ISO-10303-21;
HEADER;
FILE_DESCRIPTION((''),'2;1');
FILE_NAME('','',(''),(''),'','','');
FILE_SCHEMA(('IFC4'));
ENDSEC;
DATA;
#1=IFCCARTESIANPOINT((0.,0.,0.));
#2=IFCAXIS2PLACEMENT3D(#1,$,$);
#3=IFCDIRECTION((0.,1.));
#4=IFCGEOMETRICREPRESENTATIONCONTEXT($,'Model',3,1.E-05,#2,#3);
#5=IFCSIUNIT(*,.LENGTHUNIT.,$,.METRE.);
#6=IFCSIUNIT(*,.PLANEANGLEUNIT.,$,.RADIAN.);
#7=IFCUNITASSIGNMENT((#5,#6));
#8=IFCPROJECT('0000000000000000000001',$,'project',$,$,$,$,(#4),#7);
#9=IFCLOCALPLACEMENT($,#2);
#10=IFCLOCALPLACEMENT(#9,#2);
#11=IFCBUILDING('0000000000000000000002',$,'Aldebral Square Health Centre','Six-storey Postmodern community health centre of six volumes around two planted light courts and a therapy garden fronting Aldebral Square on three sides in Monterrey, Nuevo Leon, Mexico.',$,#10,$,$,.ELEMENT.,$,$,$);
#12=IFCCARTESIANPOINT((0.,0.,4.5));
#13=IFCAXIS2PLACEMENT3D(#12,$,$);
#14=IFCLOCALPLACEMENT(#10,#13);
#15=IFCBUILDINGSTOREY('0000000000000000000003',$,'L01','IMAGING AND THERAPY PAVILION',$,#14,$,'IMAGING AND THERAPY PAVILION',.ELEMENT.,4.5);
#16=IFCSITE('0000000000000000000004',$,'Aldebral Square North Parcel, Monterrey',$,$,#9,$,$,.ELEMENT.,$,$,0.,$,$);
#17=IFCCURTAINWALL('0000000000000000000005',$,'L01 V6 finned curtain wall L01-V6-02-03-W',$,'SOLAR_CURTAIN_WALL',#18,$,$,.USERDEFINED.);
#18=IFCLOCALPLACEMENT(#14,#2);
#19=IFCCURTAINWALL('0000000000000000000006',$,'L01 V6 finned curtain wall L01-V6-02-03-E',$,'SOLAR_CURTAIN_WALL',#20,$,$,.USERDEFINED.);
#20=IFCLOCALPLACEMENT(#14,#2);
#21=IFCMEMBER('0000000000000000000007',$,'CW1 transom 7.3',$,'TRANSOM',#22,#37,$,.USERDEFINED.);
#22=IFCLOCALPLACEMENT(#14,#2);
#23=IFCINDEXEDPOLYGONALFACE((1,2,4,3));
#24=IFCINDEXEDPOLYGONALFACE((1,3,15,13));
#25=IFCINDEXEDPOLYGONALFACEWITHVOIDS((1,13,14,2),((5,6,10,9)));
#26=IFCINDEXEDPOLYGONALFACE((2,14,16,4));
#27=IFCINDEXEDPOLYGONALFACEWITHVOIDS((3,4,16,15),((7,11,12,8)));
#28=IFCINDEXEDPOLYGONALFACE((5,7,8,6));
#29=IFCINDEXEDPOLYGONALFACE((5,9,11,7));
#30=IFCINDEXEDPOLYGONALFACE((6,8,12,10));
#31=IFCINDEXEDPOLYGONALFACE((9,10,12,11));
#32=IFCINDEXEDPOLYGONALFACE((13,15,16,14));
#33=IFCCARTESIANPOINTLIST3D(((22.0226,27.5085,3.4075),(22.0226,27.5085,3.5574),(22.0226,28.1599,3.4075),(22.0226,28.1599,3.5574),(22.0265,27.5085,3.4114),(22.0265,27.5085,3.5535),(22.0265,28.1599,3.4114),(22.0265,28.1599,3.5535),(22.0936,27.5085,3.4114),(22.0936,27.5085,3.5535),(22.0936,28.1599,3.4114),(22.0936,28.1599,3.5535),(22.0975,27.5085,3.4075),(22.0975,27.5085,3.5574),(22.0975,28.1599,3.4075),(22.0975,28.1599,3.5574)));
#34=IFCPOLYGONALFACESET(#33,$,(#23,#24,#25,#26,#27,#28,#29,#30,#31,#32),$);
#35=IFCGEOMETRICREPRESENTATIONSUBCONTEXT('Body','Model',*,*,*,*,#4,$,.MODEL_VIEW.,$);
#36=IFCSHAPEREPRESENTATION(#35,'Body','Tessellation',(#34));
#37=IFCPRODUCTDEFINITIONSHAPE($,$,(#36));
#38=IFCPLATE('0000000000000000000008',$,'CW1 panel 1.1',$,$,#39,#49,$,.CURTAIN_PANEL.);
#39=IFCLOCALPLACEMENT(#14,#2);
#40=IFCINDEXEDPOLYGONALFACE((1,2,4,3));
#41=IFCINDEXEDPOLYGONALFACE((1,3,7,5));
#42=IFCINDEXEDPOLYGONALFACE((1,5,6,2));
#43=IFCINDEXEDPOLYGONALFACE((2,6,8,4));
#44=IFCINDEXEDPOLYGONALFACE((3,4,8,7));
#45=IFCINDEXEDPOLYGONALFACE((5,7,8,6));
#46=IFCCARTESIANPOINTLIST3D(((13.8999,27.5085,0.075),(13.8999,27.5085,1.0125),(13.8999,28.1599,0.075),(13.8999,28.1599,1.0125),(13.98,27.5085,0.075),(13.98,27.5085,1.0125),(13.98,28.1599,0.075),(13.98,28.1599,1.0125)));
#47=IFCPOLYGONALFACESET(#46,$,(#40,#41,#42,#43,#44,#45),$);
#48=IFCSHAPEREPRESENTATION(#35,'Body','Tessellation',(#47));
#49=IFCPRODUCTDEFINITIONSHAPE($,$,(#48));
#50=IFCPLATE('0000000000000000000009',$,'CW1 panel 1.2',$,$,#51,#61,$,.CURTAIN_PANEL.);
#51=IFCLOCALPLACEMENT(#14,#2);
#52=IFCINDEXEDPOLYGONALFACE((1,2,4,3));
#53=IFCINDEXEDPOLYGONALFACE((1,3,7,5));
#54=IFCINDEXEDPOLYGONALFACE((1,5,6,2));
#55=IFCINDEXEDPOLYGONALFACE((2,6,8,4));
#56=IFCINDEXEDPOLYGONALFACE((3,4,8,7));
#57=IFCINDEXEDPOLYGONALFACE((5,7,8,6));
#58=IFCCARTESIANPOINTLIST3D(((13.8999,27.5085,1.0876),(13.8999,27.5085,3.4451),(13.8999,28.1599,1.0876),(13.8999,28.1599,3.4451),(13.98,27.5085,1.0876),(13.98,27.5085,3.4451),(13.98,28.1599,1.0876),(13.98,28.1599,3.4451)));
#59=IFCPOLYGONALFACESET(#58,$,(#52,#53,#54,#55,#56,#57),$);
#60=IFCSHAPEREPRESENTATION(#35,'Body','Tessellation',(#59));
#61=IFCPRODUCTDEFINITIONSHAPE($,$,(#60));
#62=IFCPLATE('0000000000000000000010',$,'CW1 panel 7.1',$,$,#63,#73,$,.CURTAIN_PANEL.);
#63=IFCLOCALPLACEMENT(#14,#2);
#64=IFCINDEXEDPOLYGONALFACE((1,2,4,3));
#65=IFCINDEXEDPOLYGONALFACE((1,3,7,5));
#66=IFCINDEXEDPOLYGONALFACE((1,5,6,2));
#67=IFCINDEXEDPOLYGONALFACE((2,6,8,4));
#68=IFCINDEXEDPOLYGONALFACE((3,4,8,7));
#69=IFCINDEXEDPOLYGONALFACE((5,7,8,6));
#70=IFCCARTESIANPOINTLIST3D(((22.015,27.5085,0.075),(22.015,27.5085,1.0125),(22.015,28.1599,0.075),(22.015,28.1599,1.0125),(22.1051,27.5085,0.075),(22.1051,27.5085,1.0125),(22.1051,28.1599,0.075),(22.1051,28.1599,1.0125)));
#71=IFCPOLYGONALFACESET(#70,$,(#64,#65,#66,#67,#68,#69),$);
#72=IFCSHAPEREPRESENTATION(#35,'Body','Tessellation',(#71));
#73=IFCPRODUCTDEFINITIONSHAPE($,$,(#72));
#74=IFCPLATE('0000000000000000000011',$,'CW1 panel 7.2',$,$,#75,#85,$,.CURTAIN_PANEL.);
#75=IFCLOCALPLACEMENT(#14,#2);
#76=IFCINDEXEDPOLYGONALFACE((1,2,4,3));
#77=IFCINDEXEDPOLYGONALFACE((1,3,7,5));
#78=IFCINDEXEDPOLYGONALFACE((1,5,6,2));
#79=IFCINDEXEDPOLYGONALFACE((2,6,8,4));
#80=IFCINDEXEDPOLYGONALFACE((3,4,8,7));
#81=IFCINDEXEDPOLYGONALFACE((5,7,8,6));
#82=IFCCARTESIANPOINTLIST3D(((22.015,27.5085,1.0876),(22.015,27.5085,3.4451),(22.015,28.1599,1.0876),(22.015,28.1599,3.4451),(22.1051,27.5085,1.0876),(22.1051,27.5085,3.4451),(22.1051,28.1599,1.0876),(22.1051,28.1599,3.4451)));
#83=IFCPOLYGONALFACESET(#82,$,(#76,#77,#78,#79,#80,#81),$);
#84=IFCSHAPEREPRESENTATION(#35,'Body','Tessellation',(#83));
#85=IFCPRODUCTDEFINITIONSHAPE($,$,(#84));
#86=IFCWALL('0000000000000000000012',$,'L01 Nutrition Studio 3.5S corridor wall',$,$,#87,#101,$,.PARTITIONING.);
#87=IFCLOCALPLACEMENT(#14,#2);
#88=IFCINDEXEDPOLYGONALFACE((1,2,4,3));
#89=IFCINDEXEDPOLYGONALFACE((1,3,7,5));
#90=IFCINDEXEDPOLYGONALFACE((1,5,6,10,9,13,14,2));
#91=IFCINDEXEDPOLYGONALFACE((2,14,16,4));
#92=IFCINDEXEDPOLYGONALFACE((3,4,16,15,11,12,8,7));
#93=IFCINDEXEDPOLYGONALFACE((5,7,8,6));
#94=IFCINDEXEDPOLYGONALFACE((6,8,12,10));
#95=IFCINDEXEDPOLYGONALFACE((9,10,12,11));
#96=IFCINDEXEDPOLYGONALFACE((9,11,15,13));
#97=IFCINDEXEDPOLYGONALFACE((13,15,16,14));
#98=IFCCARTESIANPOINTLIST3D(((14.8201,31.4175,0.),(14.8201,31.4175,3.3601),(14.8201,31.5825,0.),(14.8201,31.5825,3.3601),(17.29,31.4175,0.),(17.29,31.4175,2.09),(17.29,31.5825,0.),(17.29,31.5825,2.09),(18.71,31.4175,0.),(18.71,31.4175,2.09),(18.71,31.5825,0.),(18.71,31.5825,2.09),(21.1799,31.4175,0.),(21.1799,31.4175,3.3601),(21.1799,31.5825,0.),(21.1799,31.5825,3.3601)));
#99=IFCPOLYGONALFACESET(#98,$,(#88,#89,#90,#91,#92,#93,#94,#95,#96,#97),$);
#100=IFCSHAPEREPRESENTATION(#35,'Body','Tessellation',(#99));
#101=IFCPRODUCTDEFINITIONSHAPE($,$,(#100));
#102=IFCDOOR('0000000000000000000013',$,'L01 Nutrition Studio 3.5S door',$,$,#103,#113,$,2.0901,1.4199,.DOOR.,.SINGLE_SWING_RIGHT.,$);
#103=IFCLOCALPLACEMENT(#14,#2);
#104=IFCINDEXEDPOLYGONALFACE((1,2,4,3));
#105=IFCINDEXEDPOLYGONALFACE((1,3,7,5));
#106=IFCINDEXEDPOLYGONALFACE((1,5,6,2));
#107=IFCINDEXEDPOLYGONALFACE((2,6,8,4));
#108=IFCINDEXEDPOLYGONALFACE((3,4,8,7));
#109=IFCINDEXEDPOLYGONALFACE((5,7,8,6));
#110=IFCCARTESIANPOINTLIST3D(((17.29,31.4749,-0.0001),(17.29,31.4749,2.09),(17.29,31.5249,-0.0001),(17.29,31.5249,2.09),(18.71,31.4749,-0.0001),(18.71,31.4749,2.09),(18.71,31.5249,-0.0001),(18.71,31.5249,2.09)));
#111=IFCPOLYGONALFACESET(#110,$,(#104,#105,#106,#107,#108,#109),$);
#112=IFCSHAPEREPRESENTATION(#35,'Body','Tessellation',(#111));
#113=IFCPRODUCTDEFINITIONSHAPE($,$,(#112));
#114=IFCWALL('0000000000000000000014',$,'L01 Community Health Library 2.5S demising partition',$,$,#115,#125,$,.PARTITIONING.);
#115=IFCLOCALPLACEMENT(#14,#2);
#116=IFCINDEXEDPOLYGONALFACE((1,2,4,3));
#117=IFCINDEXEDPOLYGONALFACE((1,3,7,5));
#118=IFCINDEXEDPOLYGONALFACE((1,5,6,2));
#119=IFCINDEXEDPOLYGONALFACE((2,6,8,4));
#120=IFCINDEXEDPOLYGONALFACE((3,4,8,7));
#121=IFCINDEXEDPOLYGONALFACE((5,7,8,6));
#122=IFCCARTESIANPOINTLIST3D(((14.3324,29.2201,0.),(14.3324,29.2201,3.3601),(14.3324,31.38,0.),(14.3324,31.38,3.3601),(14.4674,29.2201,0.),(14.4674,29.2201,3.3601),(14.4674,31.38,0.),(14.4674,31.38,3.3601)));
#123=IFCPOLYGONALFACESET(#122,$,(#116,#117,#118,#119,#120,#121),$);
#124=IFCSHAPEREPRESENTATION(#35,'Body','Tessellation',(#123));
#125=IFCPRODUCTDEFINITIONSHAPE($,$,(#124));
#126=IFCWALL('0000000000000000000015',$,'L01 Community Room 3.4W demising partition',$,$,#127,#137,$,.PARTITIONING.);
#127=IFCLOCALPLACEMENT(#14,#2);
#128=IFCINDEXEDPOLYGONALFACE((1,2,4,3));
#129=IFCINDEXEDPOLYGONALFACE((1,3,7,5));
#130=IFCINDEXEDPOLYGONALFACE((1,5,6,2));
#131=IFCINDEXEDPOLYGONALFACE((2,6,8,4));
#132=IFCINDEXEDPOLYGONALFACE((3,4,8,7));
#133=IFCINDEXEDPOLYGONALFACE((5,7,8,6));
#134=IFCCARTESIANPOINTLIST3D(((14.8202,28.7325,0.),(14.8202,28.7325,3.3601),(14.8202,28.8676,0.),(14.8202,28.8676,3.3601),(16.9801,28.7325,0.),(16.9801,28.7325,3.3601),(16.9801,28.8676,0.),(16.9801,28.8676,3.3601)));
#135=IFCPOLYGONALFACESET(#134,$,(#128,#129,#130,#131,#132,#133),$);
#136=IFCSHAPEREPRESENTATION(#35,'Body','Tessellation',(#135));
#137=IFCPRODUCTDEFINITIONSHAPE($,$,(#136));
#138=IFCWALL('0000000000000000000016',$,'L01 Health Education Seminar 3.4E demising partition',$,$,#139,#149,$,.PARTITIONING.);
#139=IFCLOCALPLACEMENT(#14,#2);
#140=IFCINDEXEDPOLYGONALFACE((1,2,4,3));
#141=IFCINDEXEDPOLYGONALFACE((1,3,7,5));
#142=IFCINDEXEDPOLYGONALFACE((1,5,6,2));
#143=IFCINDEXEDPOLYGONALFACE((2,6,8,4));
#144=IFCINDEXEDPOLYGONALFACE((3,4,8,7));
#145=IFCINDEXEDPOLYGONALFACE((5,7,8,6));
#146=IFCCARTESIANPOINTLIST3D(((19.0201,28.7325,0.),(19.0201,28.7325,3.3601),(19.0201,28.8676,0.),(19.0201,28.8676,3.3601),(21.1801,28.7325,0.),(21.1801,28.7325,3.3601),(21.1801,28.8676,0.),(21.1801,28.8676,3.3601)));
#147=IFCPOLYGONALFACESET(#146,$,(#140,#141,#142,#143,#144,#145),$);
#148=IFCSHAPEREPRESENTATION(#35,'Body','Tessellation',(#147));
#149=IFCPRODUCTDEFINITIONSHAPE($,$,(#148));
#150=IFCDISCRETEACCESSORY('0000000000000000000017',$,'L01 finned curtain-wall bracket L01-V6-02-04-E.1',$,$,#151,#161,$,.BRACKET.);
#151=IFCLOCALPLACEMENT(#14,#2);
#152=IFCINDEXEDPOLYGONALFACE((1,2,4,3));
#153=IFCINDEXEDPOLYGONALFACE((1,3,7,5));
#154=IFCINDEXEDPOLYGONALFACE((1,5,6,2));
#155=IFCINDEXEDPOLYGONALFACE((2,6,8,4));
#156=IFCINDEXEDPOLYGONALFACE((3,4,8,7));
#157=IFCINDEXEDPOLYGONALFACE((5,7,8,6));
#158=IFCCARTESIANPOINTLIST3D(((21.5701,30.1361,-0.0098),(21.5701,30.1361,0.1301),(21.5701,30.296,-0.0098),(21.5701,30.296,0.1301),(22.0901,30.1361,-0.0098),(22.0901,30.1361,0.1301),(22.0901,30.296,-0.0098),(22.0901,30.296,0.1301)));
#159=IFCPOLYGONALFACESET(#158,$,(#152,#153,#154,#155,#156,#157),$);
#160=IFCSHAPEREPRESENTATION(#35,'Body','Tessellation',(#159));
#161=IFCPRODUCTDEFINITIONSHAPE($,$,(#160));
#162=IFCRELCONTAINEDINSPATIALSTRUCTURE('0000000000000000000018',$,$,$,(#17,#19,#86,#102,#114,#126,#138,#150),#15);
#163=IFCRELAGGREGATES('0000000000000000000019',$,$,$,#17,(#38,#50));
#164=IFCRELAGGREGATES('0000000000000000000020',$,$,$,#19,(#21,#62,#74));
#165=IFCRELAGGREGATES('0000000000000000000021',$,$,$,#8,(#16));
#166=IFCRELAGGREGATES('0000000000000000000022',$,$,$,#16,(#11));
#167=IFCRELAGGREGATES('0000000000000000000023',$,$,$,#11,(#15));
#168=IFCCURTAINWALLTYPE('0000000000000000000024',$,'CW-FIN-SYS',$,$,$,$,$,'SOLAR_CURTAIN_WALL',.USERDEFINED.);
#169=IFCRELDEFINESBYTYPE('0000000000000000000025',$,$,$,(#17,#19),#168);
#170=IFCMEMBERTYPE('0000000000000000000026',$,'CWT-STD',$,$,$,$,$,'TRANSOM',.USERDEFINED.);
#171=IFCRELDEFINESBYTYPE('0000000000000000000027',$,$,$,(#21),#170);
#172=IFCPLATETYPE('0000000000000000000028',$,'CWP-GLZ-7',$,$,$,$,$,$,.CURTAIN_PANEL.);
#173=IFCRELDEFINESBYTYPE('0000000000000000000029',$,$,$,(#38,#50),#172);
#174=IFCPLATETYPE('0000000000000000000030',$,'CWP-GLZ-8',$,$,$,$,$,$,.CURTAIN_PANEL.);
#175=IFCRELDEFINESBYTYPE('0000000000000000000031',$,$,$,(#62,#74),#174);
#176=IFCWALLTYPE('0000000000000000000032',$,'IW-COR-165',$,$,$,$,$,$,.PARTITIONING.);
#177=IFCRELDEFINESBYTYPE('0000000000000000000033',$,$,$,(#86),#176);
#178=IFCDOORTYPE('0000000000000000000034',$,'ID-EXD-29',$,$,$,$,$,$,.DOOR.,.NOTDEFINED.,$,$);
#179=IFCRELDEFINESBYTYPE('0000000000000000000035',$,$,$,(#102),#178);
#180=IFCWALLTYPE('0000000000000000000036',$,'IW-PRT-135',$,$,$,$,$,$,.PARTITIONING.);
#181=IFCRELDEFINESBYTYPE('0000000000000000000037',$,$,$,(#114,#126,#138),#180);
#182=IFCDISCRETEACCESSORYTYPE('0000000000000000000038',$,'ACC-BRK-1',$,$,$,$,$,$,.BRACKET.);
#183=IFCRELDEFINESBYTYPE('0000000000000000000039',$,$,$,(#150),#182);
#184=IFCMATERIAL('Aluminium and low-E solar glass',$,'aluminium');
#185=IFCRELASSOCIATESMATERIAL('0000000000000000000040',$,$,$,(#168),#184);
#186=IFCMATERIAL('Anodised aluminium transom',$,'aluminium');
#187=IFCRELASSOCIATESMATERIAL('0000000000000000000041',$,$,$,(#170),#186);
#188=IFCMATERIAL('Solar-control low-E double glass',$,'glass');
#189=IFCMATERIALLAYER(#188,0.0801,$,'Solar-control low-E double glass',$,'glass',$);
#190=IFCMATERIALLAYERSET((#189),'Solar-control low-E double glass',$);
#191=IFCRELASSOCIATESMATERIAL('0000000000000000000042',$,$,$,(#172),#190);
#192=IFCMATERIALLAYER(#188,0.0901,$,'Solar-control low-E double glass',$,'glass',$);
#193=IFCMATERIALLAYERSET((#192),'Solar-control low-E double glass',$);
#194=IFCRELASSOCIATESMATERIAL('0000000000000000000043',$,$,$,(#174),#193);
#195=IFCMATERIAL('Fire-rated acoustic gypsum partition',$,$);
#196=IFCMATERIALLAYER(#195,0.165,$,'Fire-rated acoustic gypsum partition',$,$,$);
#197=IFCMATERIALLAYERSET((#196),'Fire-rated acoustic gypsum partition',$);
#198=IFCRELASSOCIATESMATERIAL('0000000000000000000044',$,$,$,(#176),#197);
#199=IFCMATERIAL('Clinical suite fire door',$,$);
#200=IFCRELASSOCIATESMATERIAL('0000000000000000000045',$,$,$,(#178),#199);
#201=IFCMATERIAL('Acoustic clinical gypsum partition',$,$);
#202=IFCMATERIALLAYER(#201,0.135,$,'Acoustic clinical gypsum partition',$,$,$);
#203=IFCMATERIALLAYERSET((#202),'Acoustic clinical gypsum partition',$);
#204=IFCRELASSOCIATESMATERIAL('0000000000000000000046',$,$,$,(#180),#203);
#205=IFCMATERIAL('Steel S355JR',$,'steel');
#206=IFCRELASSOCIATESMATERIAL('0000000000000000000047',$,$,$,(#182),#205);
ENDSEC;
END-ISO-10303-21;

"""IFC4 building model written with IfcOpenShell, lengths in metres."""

from ifc_helpers import new_model, si_unit, direction, frame, frame_2d, origin, origin_2d, place, context, subcontext, project, spatial, rectangle, hollow_rectangle, extrude, material, layer, layer_set, material_profile, profile_set, type_object, element, fill, aggregate, save


model = new_model("IFC4")

# Units and contexts
model_context = context("Model", 3, precision=1e-05, world=origin(), true_north=direction((0.0, 1.0)))
body_context = subcontext(model_context, "Body", "Model", "MODEL_VIEW")
ifc_project = project(units=[si_unit("LENGTHUNIT", "METRE"), si_unit("PLANEANGLEUNIT", "RADIAN")], contexts=[model_context])

# Site, building, storey
site_placement = place(None, origin())
site = spatial("IfcSite", under=ifc_project, at=site_placement, Name="Aldebral Square North Parcel, Monterrey", CompositionType="ELEMENT", RefElevation=0.0)
building_placement = place(site_placement, origin())
building = spatial("IfcBuilding", under=site, at=building_placement, Name="Aldebral Square Health Centre", Description="Six-storey Postmodern community health centre of six volumes around two planted light courts and a therapy garden fronting Aldebral Square on three sides in Monterrey, Nuevo Leon, Mexico.", CompositionType="ELEMENT")
storey_placement = place(building_placement, frame((0.0, 0.0, 4.5)))
storey = spatial("IfcBuildingStorey", under=building, at=storey_placement, Name="L01", Description="IMAGING AND THERAPY PAVILION", LongName="IMAGING AND THERAPY PAVILION", CompositionType="ELEMENT", Elevation=4.5)

# Curtain walls
ifc_material_1 = material(Name="Aluminium and low-E solar glass", Category="aluminium")
curtain_wall_type = type_object("IfcCurtainWallType", Name="CW-FIN-SYS", ElementType="SOLAR_CURTAIN_WALL", PredefinedType="USERDEFINED", material=ifc_material_1)
curtain_wall_1_placement = place(storey_placement, origin())
curtain_wall_1 = element("IfcCurtainWall", 1, at=curtain_wall_1_placement, inside=storey, type_object=curtain_wall_type, Name="L01 V6 finned curtain wall L01-V6-02-03-W", ObjectType="SOLAR_CURTAIN_WALL", PredefinedType="USERDEFINED")
curtain_wall_2_placement = place(storey_placement, origin())
curtain_wall_2 = element("IfcCurtainWall", 2, at=curtain_wall_2_placement, inside=storey, type_object=curtain_wall_type, Name="L01 V6 finned curtain wall L01-V6-02-03-E", ObjectType="SOLAR_CURTAIN_WALL", PredefinedType="USERDEFINED")

# Member
ifc_material_2 = material(Name="Anodised aluminium transom", Category="aluminium")
ifc_material_profile_1 = material_profile(ifc_material_2, hollow_rectangle(XDim=0.075, YDim=0.1499, WallThickness=0.0039, at=origin_2d()), Name="CWT 75x150x4")
ifc_profile_set_1 = profile_set([ifc_material_profile_1], Name="Anodised aluminium transom")
member_type_1 = type_object("IfcMemberType", Name="CWT-STD", ElementType="TRANSOM", PredefinedType="USERDEFINED", material=ifc_profile_set_1)
member_1_placement = place(storey_placement, frame((22.0601, 27.5085, 3.4824), z_axis=(0.0, 1.0, 0.0), x_axis=(-1.0, 0.0, 0.0)))
member_1 = element("IfcMember", 3, at=member_1_placement, type_object=member_type_1, Name="CW1 transom 7.3", ObjectType="TRANSOM", PredefinedType="USERDEFINED", context=body_context, shape_type="SweptSolid", body=[
    extrude(hollow_rectangle(XDim=0.075, YDim=0.1499, WallThickness=0.0039, at=origin_2d()), origin(), (0.0, 0.0, 1.0), 0.6514),
])

# Plates
ifc_material_3 = material(Name="Solar-control low-E double glass", Category="glass")
ifc_layer_1 = layer(ifc_material_3, 0.0801, Name="Solar-control low-E double glass", Category="glass")
ifc_layer_set_1 = layer_set([ifc_layer_1], Name="Solar-control low-E double glass")
plate_type_1 = type_object("IfcPlateType", Name="CWP-GLZ-7", PredefinedType="CURTAIN_PANEL", material=ifc_layer_set_1)
plate_1_placement = place(storey_placement, frame((13.9399, 27.8342, 0.075), z_axis=(0.0, 0.0, 1.0), x_axis=(0.0, -1.0, 0.0)))
plate_1 = element("IfcPlate", 4, at=plate_1_placement, type_object=plate_type_1, Name="CW1 panel 1.1", PredefinedType="CURTAIN_PANEL", context=body_context, shape_type="SweptSolid", body=[
    extrude(rectangle(XDim=0.6514, YDim=0.0801, at=origin_2d()), origin(), (0.0, 0.0, 1.0), 0.9375),
])
plate_2_placement = place(storey_placement, frame((13.9399, 27.8342, 1.0876), z_axis=(0.0, 0.0, 1.0), x_axis=(0.0, -1.0, 0.0)))
plate_2 = element("IfcPlate", 5, at=plate_2_placement, type_object=plate_type_1, Name="CW1 panel 1.2", PredefinedType="CURTAIN_PANEL", context=body_context, shape_type="SweptSolid", body=[
    extrude(rectangle(XDim=0.6514, YDim=0.0801, at=origin_2d()), origin(), (0.0, 0.0, 1.0), 2.3574),
])
aggregate(curtain_wall_1, [plate_1, plate_2])
ifc_layer_2 = layer(ifc_material_3, 0.0901, Name="Solar-control low-E double glass", Category="glass")
ifc_layer_set_2 = layer_set([ifc_layer_2], Name="Solar-control low-E double glass")
plate_type_2 = type_object("IfcPlateType", Name="CWP-GLZ-8", PredefinedType="CURTAIN_PANEL", material=ifc_layer_set_2)
plate_3_placement = place(storey_placement, frame((22.0601, 27.8342, 0.075), z_axis=(0.0, 0.0, 1.0), x_axis=(0.0, 1.0, 0.0)))
plate_3 = element("IfcPlate", 6, at=plate_3_placement, type_object=plate_type_2, Name="CW1 panel 7.1", PredefinedType="CURTAIN_PANEL", context=body_context, shape_type="SweptSolid", body=[
    extrude(rectangle(XDim=0.6514, YDim=0.0901, at=origin_2d()), origin(), (0.0, 0.0, 1.0), 0.9375),
])
plate_4_placement = place(storey_placement, frame((22.0601, 27.8342, 1.0876), z_axis=(0.0, 0.0, 1.0), x_axis=(0.0, 1.0, 0.0)))
plate_4 = element("IfcPlate", 7, at=plate_4_placement, type_object=plate_type_2, Name="CW1 panel 7.2", PredefinedType="CURTAIN_PANEL", context=body_context, shape_type="SweptSolid", body=[
    extrude(rectangle(XDim=0.6514, YDim=0.0901, at=origin_2d()), origin(), (0.0, 0.0, 1.0), 2.3574),
])
aggregate(curtain_wall_2, [member_1, plate_3, plate_4])

# Wall, opening, door
ifc_material_4 = material(Name="Fire-rated acoustic gypsum partition")
ifc_layer_3 = layer(ifc_material_4, 0.165, Name="Fire-rated acoustic gypsum partition")
ifc_layer_set_3 = layer_set([ifc_layer_3], Name="Fire-rated acoustic gypsum partition")
wall_type_1 = type_object("IfcWallType", Name="IW-COR-165", PredefinedType="PARTITIONING", material=ifc_layer_set_3)
wall_placement = place(storey_placement, frame((14.8201, 31.5, 0.0), z_axis=(0.0, 0.0, 1.0), x_axis=(1.0, 0.0, 0.0)))
wall = element("IfcWall", 8, at=wall_placement, inside=storey, type_object=wall_type_1, Name="L01 Nutrition Studio 3.5S corridor wall", PredefinedType="PARTITIONING", context=body_context, shape_type="SweptSolid", body=[
    extrude(rectangle(XDim=6.3599, YDim=0.165, at=frame_2d((3.1799, 0.0))), origin(), (0.0, 0.0, 1.0), 3.3601),
])
opening_placement = place(wall_placement, frame((2.47, 0.0, 0.0)))
opening = element("IfcOpeningElement", 9, at=opening_placement, cuts=wall, PredefinedType="OPENING", context=body_context, shape_type="SweptSolid", body=[
    extrude(rectangle(XDim=1.4199, YDim=2.0901, at=frame_2d((0.71, 1.0449))), frame((0.0, 0.0925, 0.0), z_axis=(0.0, -1.0, 0.0), x_axis=(1.0, 0.0, 0.0)), (0.0, 0.0, 1.0), 0.1851),
])
ifc_material_5 = material(Name="Clinical suite fire door")
door_type = type_object("IfcDoorType", Name="ID-EXD-29", OperationType="NOTDEFINED", PredefinedType="DOOR", material=ifc_material_5)
door_placement = place(opening_placement, origin())
door = element("IfcDoor", 10, at=door_placement, inside=storey, type_object=door_type, Name="L01 Nutrition Studio 3.5S door", OperationType="SINGLE_SWING_RIGHT", OverallHeight=2.0901, OverallWidth=1.4199, PredefinedType="DOOR", context=body_context, shape_type="SweptSolid", body=[
    extrude(rectangle(XDim=1.4199, YDim=2.0901, at=frame_2d((0.71, 1.0449))), frame((0.0, 0.0249, 0.0), z_axis=(0.0, -1.0, 0.0), x_axis=(1.0, 0.0, 0.0)), (0.0, 0.0, 1.0), 0.05),
])
fill(opening, door)

# Walls
ifc_material_6 = material(Name="Acoustic clinical gypsum partition")
ifc_layer_4 = layer(ifc_material_6, 0.135, Name="Acoustic clinical gypsum partition")
ifc_layer_set_4 = layer_set([ifc_layer_4], Name="Acoustic clinical gypsum partition")
wall_type_2 = type_object("IfcWallType", Name="IW-PRT-135", PredefinedType="PARTITIONING", material=ifc_layer_set_4)
for number, where, z_axis, x_axis, name in (
    (11, (14.3999, 29.22, 0.0), (0.0, 0.0, 1.0), (0.0, 1.0, 0.0), "L01 Community Health Library 2.5S demising partition"),
    (12, (14.8201, 28.8, 0.0), (0.0, 0.0, 1.0), (1.0, 0.0, 0.0), "L01 Community Room 3.4W demising partition"),
    (13, (19.02, 28.8, 0.0), (0.0, 0.0, 1.0), (1.0, 0.0, 0.0), "L01 Health Education Seminar 3.4E demising partition"),
):
    element("IfcWall", number, at=place(storey_placement, frame(where, z_axis=z_axis, x_axis=x_axis)), inside=storey, type_object=wall_type_2, Name=name, PredefinedType="PARTITIONING", context=body_context, shape_type="SweptSolid", body=[
        extrude(rectangle(XDim=2.1599, YDim=0.135, at=frame_2d((1.0801, 0.0))), origin(), (0.0, 0.0, 1.0), 3.3601),
    ])

# Discrete accessory
ifc_material_7 = material(Name="Steel S355JR", Category="steel")
discrete_accessory_type = type_object("IfcDiscreteAccessoryType", Name="ACC-BRK-1", PredefinedType="BRACKET", material=ifc_material_7)
discrete_accessory_placement = place(storey_placement, frame((21.8301, 30.2161, -0.0098), z_axis=(0.0, 0.0, 1.0), x_axis=(0.0, 1.0, 0.0)))
element("IfcDiscreteAccessory", 14, at=discrete_accessory_placement, inside=storey, type_object=discrete_accessory_type, Name="L01 finned curtain-wall bracket L01-V6-02-04-E.1", PredefinedType="BRACKET", context=body_context, shape_type="SweptSolid", body=[
    extrude(rectangle(XDim=0.1599, YDim=0.52, at=origin_2d()), origin(), (0.0, 0.0, 1.0), 0.1399),
])

save(model, "model.ifc")
